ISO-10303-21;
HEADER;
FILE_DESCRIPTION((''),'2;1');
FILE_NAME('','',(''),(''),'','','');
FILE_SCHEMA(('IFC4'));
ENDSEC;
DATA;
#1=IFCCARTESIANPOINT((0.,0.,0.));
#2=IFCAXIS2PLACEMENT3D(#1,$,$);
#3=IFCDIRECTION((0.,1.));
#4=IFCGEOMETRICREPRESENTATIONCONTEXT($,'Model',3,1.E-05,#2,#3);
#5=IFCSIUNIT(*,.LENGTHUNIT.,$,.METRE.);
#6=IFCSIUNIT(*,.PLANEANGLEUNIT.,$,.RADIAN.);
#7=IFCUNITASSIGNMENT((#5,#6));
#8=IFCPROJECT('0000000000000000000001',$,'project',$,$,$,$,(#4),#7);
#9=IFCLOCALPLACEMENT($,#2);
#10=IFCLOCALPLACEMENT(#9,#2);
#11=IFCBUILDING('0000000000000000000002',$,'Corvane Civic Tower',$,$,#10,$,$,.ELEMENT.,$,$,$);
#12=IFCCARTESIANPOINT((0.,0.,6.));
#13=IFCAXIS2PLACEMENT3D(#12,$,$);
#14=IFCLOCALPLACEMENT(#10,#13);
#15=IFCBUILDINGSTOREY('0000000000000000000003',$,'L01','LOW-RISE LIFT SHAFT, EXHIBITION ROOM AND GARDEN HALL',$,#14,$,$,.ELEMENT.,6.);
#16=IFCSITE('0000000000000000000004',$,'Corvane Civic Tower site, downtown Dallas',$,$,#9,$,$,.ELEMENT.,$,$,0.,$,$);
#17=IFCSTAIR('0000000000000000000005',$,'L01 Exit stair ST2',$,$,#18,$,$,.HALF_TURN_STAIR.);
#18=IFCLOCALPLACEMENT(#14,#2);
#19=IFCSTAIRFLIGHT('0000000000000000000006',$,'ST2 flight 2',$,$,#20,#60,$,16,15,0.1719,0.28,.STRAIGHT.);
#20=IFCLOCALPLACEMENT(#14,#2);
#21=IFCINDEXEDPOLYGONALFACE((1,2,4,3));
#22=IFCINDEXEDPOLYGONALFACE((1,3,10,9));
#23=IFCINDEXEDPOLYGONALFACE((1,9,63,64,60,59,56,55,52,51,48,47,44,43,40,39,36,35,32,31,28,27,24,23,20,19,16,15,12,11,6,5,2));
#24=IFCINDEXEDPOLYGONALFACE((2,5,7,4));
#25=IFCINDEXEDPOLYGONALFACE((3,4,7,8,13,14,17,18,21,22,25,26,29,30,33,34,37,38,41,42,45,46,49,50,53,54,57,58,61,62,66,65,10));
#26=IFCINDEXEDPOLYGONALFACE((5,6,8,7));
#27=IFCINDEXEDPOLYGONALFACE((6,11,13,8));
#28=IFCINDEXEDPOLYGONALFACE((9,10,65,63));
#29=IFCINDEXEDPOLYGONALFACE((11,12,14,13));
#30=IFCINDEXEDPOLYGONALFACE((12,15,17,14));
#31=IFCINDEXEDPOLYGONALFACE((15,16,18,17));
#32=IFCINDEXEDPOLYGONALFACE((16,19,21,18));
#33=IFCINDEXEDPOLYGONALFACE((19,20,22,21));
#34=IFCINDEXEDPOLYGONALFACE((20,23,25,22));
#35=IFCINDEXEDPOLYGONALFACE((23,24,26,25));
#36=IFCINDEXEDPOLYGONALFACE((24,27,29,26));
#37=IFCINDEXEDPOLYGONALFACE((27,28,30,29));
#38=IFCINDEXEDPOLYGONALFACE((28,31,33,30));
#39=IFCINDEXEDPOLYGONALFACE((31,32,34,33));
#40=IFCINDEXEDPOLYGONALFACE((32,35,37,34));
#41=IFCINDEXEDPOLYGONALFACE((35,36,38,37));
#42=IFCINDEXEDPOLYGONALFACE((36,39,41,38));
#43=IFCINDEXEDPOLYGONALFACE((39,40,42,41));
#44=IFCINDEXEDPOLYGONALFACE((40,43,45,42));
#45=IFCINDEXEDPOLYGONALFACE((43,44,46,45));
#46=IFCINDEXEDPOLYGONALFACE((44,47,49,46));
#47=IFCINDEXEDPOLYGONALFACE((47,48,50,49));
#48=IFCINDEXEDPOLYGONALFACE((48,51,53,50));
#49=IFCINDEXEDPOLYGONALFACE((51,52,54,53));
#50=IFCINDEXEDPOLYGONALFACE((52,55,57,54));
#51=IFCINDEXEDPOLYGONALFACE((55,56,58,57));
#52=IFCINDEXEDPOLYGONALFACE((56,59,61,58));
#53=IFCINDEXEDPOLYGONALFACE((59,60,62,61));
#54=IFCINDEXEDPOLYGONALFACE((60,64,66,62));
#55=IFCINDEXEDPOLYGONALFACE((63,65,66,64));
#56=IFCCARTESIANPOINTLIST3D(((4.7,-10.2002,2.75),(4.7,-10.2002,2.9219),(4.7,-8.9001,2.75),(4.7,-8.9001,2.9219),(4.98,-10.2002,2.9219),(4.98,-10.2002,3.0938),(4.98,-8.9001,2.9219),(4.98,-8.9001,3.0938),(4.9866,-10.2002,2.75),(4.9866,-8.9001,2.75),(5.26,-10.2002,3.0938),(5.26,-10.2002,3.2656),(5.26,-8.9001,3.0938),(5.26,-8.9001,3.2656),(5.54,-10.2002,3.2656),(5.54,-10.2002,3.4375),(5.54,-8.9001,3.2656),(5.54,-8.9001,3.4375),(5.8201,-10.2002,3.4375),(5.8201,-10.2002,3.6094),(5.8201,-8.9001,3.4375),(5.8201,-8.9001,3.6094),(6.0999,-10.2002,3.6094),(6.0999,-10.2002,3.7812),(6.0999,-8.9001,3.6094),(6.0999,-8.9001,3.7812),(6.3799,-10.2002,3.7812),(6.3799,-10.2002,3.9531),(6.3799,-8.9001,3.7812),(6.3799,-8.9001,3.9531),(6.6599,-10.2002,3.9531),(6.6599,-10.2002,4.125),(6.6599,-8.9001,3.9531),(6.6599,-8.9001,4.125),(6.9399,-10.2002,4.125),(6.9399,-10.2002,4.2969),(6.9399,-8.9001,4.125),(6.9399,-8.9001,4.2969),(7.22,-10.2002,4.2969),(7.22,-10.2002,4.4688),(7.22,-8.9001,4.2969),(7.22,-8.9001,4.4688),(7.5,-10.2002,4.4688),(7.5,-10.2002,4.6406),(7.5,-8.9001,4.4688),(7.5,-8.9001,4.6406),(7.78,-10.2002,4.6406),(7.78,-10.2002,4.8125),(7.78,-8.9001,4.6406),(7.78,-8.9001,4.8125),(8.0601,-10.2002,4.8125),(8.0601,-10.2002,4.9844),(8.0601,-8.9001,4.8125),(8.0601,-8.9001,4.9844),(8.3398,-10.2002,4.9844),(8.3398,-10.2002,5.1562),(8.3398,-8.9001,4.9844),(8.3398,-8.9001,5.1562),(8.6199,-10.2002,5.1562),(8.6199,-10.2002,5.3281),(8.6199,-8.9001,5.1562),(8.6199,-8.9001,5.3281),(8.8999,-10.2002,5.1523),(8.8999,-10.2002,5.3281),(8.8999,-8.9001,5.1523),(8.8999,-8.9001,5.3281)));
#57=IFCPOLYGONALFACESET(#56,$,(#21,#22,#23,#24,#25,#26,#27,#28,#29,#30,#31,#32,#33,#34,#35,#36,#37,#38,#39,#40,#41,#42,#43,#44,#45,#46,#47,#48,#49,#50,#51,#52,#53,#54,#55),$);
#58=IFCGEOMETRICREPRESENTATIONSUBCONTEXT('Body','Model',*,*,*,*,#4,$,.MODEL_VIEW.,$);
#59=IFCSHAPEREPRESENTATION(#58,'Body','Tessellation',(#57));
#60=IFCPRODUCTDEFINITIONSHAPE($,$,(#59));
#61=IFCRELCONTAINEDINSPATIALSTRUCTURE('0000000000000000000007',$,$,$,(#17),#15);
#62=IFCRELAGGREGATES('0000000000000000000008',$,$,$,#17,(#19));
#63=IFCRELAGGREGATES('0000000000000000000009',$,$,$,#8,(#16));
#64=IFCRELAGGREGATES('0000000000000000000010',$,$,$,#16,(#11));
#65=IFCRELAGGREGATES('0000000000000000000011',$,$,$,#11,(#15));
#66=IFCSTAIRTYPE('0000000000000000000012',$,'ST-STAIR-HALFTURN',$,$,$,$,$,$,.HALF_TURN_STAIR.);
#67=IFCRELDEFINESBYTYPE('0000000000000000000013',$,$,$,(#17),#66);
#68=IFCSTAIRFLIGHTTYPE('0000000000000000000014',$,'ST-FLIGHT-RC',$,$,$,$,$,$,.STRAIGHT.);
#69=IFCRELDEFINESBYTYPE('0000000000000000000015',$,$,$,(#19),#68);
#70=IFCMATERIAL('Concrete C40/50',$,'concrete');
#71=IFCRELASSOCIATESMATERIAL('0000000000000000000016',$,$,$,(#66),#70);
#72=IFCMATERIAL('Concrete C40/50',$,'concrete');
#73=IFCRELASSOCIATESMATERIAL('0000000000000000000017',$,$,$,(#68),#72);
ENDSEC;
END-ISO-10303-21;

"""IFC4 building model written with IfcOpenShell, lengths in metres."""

from ifc_helpers import new_model, si_unit, direction, frame, origin, place, context, subcontext, project, spatial, polyline, outline, extrude, material, type_object, element, aggregate, save


model = new_model("IFC4")

# Units and contexts
model_context = context("Model", 3, precision=1e-05, world=origin(), true_north=direction((0.0, 1.0)))
body_context = subcontext(model_context, "Body", "Model", "MODEL_VIEW")
ifc_project = project(units=[si_unit("LENGTHUNIT", "METRE"), si_unit("PLANEANGLEUNIT", "RADIAN")], contexts=[model_context])

# Site, building, storey
site_placement = place(None, origin())
site = spatial("IfcSite", under=ifc_project, at=site_placement, Name="Corvane Civic Tower site, downtown Dallas", CompositionType="ELEMENT", RefElevation=0.0)
building_placement = place(site_placement, origin())
building = spatial("IfcBuilding", under=site, at=building_placement, Name="Corvane Civic Tower", CompositionType="ELEMENT")
storey_placement = place(building_placement, frame((0.0, 0.0, 6.0)))
storey = spatial("IfcBuildingStorey", under=building, at=storey_placement, Name="L01", Description="LOW-RISE LIFT SHAFT, EXHIBITION ROOM AND GARDEN HALL", CompositionType="ELEMENT", Elevation=6.0)

# Stair, stair flight
ifc_material_1 = material(Name="Concrete C40/50", Category="concrete")
stair_type = type_object("IfcStairType", Name="ST-STAIR-HALFTURN", PredefinedType="HALF_TURN_STAIR", material=ifc_material_1)
stair_placement = place(storey_placement, origin())
stair = element("IfcStair", 1, at=stair_placement, inside=storey, type_object=stair_type, Name="L01 Exit stair ST2", PredefinedType="HALF_TURN_STAIR")
ifc_material_2 = material(Name="Concrete C40/50", Category="concrete")
stair_flight_type = type_object("IfcStairFlightType", Name="ST-FLIGHT-RC", PredefinedType="STRAIGHT", material=ifc_material_2)
stair_flight_1_placement = place(storey_placement, frame((4.7, -9.55, 2.75), z_axis=(0.0, 0.0, 1.0), x_axis=(1.0, 0.0, 0.0)))
stair_flight_1 = element("IfcStairFlight", 2, at=stair_flight_1_placement, type_object=stair_flight_type, Name="ST2 flight 2", NumberOfRisers=16, NumberOfTreads=15, PredefinedType="STRAIGHT", RiserHeight=0.1719, TreadLength=0.28, context=body_context, shape_type="SweptSolid", body=[
    extrude(outline(polyline([(0.0, 0.0), (0.0, 0.1719), (0.28, 0.1719), (0.28, 0.3438), (0.5601, 0.3438), (0.5601, 0.5156), (0.8401, 0.5156), (0.8401, 0.6875), (1.1201, 0.6875), (1.1201, 0.8594), (1.3999, 0.8594), (1.3999, 1.0312), (1.6799, 1.0312), (1.6799, 1.2031), (1.96, 1.2031), (1.96, 1.375), (2.24, 1.375), (2.24, 1.5469), (2.52, 1.5469), (2.52, 1.7188), (2.8, 1.7188), (2.8, 1.8906), (3.0801, 1.8906), (3.0801, 2.0625), (3.3601, 2.0625), (3.3601, 2.2344), (3.6399, 2.2344), (3.6399, 2.4062), (3.9199, 2.4062), (3.9199, 2.5781), (4.2, 2.5781), (4.2, 2.75), (4.2, 2.4023), (0.2866, 0.0), (0.0, 0.0)])), frame((0.0, 0.6499, 0.0), z_axis=(0.0, -1.0, 0.0), x_axis=(1.0, 0.0, 0.0)), (0.0, 0.0, 1.0), 1.3),
])
aggregate(stair, [stair_flight_1])

save(model, "model.ifc")
